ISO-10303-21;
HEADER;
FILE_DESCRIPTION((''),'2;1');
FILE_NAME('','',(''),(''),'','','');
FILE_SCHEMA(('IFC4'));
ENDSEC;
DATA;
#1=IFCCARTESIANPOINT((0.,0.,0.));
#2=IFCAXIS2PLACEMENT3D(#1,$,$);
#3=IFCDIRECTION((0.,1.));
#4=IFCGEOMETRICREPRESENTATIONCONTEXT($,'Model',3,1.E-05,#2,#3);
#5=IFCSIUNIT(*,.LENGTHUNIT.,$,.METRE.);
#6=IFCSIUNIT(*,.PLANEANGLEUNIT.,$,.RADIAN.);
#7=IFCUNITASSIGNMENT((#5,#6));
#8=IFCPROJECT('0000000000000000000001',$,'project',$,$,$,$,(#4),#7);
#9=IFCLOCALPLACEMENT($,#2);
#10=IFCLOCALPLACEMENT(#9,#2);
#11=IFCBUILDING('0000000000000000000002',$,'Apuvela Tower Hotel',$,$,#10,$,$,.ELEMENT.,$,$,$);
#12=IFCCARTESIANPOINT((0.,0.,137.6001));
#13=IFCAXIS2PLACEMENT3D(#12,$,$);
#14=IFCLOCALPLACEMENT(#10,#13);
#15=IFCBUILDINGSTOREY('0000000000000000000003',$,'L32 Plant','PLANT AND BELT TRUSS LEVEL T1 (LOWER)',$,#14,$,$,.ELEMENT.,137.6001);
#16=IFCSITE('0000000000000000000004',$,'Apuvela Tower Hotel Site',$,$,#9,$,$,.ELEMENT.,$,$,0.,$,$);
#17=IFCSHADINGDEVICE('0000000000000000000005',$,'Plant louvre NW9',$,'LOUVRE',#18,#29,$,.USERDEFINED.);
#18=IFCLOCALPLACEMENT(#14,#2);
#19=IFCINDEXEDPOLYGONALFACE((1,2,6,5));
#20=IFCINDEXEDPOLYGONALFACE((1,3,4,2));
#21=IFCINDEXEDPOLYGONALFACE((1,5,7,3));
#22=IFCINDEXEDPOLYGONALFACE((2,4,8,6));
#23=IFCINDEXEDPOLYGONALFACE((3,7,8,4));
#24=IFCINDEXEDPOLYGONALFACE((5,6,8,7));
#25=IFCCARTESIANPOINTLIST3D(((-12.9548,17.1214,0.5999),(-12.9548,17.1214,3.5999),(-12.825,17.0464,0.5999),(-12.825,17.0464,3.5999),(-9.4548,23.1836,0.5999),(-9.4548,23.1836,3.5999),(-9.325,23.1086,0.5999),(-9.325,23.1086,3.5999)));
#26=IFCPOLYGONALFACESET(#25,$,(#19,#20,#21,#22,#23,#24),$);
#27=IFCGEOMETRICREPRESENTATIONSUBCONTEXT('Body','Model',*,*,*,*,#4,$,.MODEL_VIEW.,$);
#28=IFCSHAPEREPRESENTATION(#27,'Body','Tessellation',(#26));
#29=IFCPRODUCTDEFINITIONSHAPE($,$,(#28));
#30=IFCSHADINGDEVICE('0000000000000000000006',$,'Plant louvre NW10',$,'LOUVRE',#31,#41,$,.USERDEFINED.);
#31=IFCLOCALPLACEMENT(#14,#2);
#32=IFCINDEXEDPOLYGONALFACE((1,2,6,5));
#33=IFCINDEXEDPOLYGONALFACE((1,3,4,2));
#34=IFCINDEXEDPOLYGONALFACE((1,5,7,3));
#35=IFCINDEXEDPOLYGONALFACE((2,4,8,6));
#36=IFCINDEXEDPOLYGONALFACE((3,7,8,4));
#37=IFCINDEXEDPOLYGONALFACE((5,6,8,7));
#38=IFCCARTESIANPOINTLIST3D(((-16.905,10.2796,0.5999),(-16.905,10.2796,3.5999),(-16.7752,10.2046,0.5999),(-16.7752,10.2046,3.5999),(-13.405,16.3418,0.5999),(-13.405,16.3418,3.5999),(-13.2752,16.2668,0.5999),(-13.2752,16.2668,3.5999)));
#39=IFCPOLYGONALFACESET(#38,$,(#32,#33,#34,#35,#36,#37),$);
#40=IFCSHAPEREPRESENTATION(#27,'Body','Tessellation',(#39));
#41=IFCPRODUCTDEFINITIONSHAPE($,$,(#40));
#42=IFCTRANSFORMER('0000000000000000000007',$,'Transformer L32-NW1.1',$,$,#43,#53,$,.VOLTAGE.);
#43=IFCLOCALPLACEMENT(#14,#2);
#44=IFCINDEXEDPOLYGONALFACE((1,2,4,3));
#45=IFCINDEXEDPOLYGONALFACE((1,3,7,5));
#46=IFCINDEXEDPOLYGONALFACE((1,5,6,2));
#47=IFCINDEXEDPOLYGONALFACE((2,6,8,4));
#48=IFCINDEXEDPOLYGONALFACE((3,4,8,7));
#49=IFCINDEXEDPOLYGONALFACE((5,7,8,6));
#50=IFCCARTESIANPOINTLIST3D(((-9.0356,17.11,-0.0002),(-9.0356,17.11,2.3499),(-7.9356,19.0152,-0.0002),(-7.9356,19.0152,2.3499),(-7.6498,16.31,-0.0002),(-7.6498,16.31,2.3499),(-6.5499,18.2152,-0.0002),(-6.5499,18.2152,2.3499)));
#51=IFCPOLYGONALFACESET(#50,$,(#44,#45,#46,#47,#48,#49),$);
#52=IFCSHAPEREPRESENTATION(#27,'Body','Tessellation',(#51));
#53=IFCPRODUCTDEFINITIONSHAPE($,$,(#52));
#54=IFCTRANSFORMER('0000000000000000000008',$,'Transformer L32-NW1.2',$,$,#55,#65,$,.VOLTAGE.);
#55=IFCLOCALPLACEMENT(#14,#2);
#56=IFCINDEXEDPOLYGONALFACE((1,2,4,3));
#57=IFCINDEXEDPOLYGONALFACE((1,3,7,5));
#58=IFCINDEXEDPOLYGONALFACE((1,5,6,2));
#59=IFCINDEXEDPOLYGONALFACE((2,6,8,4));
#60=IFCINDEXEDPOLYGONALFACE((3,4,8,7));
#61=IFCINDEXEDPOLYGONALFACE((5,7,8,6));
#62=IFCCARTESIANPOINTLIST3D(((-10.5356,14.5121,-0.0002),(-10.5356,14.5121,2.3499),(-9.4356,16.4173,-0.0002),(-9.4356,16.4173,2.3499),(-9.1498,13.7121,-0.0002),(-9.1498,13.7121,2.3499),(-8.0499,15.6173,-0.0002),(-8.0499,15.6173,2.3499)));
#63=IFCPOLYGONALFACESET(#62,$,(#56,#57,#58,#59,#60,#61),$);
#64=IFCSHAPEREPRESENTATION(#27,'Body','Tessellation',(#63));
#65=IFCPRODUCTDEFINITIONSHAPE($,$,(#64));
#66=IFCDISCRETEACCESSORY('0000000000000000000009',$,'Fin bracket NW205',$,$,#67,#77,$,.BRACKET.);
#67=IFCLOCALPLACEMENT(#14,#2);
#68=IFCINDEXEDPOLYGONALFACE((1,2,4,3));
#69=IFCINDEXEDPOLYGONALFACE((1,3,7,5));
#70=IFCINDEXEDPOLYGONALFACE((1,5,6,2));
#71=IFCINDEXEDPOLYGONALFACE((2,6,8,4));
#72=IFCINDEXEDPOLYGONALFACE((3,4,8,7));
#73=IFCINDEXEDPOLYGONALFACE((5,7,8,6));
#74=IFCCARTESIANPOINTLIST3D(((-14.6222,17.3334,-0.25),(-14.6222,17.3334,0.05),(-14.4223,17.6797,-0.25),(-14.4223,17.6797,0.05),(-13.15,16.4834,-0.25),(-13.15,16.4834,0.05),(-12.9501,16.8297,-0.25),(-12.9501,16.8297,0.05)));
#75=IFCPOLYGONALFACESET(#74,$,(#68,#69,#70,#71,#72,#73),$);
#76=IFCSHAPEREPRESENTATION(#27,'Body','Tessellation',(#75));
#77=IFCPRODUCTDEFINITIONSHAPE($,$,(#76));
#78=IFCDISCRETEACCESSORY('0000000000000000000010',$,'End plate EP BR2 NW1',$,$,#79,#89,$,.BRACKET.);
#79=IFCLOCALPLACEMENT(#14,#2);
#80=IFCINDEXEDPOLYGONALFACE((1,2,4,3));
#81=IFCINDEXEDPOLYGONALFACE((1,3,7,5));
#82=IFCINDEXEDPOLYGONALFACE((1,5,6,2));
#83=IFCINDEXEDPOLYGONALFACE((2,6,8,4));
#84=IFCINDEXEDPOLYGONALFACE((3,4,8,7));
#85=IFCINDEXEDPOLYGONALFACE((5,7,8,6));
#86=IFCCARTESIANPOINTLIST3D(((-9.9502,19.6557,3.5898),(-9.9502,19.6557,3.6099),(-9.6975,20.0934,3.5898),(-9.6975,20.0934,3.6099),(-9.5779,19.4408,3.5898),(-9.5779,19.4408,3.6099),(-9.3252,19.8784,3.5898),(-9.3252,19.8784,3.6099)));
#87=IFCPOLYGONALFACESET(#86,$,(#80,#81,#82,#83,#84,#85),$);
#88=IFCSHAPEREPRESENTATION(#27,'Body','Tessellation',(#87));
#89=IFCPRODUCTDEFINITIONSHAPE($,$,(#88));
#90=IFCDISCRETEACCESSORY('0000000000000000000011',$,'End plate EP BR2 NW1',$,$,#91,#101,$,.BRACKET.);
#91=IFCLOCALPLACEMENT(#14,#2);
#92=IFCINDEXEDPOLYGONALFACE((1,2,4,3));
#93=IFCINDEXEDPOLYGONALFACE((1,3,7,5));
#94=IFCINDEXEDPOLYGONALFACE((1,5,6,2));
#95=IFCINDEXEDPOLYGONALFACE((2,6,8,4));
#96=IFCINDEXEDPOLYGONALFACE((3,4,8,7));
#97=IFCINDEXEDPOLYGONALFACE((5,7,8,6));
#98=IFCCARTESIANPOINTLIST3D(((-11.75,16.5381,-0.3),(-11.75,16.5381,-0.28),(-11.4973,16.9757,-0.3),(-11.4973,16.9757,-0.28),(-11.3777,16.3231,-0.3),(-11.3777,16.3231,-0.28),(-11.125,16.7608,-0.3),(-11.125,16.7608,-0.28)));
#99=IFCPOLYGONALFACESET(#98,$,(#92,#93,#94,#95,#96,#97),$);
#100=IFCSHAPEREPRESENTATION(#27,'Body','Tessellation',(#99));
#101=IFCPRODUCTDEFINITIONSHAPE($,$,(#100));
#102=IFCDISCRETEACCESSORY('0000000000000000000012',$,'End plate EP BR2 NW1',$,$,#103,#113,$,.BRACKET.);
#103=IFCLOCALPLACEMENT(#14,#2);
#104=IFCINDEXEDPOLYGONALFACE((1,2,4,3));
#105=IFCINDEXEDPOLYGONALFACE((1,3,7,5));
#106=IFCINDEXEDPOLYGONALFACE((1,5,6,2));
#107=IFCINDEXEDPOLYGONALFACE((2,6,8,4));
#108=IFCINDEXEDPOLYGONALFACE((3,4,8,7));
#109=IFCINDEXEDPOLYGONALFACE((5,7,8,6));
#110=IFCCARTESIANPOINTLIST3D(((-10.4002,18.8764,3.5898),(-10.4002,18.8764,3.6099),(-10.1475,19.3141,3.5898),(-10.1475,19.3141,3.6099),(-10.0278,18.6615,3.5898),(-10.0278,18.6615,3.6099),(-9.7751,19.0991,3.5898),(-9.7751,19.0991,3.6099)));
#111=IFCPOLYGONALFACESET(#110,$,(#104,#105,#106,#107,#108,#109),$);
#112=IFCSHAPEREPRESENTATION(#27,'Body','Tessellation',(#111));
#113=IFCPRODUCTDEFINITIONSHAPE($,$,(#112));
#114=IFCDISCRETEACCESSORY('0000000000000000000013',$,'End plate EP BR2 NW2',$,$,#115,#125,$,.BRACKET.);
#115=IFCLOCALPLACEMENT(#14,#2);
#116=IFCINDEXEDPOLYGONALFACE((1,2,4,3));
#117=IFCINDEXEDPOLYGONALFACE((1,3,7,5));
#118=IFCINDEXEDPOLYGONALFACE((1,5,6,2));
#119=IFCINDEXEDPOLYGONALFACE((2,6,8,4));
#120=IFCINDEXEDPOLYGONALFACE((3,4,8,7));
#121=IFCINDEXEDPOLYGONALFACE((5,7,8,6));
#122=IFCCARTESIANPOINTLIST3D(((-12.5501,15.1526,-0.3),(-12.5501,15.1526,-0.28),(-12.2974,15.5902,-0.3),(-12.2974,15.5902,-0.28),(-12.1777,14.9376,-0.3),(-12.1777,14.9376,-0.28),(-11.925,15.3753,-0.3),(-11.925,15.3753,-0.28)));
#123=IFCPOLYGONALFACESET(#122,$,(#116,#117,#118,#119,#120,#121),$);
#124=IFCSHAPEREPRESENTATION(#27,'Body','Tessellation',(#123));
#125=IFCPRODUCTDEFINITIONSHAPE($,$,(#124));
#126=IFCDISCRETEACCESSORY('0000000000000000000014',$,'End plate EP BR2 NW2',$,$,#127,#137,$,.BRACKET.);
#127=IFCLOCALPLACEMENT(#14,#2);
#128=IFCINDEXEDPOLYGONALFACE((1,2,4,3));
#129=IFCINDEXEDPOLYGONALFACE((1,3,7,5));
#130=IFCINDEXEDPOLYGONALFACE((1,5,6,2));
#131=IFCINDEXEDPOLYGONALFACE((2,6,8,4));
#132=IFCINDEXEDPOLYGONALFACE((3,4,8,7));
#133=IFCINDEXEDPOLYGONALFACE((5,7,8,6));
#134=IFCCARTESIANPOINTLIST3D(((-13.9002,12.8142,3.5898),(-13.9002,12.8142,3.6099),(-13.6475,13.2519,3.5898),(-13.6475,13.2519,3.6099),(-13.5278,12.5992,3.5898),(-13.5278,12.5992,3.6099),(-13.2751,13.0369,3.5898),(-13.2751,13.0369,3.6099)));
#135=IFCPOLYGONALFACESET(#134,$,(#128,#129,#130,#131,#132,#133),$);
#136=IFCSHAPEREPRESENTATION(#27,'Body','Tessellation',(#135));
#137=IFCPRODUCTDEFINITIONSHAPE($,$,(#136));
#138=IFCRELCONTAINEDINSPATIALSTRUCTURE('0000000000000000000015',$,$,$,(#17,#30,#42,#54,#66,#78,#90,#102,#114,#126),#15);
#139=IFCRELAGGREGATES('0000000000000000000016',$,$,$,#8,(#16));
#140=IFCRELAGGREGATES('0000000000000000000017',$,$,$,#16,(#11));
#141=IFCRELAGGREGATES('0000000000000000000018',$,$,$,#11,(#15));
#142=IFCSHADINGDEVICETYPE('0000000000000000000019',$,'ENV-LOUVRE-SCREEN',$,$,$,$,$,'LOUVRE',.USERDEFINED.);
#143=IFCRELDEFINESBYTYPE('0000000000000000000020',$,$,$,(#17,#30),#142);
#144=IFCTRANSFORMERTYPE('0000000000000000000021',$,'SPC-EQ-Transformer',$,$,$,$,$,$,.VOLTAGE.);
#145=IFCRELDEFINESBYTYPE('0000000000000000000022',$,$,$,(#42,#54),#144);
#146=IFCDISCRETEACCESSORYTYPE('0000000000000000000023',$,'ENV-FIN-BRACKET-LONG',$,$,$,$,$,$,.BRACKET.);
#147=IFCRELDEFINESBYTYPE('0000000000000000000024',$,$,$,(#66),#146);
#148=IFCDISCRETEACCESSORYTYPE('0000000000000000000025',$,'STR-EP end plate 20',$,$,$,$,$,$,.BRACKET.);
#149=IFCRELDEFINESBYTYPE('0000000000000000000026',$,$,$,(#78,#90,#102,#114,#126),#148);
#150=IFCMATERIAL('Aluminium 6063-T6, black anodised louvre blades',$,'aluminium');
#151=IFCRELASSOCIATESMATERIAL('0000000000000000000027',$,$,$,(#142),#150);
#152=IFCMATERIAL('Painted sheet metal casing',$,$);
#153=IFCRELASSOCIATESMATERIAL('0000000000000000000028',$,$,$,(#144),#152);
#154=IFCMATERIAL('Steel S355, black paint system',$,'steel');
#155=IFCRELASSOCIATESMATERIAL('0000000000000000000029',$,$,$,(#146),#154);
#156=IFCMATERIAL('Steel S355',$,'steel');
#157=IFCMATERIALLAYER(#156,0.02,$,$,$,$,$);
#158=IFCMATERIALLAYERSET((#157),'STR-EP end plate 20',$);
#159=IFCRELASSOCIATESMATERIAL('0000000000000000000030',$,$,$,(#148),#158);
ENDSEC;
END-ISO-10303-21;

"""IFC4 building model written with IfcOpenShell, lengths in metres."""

from ifc_helpers import new_model, si_unit, direction, frame, origin, origin_2d, place, context, subcontext, project, spatial, rectangle, extrude, material, layer, layer_set, type_object, element, save


model = new_model("IFC4")

# Units and contexts
model_context = context("Model", 3, precision=1e-05, world=origin(), true_north=direction((0.0, 1.0)))
body_context = subcontext(model_context, "Body", "Model", "MODEL_VIEW")
ifc_project = project(units=[si_unit("LENGTHUNIT", "METRE"), si_unit("PLANEANGLEUNIT", "RADIAN")], contexts=[model_context])

# Site, building, storey
site_placement = place(None, origin())
site = spatial("IfcSite", under=ifc_project, at=site_placement, Name="Apuvela Tower Hotel Site", CompositionType="ELEMENT", RefElevation=0.0)
building_placement = place(site_placement, origin())
building = spatial("IfcBuilding", under=site, at=building_placement, Name="Apuvela Tower Hotel", CompositionType="ELEMENT")
storey_placement = place(building_placement, frame((0.0, 0.0, 137.6001)))
storey = spatial("IfcBuildingStorey", under=building, at=storey_placement, Name="L32 Plant", Description="PLANT AND BELT TRUSS LEVEL T1 (LOWER)", CompositionType="ELEMENT", Elevation=137.6001)

# Shared definitions
ifc_material_1 = material(Name="Steel S355", Category="steel")

# Shading devices
ifc_material_2 = material(Name="Aluminium 6063-T6, black anodised louvre blades", Category="aluminium")
shading_device_type = type_object("IfcShadingDeviceType", Name="ENV-LOUVRE-SCREEN", ElementType="LOUVRE", PredefinedType="USERDEFINED", material=ifc_material_2)
for number, where, z_axis, x_axis, name in (
    (1, (-11.1399, 20.115, 0.5999), (0.0, 0.0, 1.0), (-0.5, -0.866025, 0.0), "Plant louvre NW9"),
    (2, (-15.0901, 13.2732, 0.5999), (0.0, 0.0, 1.0), (-0.5, -0.866025, 0.0), "Plant louvre NW10"),
):
    element("IfcShadingDevice", number, at=place(storey_placement, frame(where, z_axis=z_axis, x_axis=x_axis)), inside=storey, type_object=shading_device_type, Name=name, ObjectType="LOUVRE", PredefinedType="USERDEFINED", context=body_context, shape_type="SweptSolid", body=[
        extrude(rectangle(XDim=7.0, YDim=0.1499, at=origin_2d()), origin(), (0.0, 0.0, 1.0), 3.0),
    ])

# Transformers
ifc_material_3 = material(Name="Painted sheet metal casing")
transformer_type = type_object("IfcTransformerType", Name="SPC-EQ-Transformer", PredefinedType="VOLTAGE", material=ifc_material_3)
for number, where, z_axis, x_axis, name in (
    (3, (-7.7927, 17.6626, -0.0002), (0.0, 0.0, 1.0), (-0.5, -0.866025, 0.0), "Transformer L32-NW1.1"),
    (4, (-9.2927, 15.0647, -0.0002), (0.0, 0.0, 1.0), (-0.5, -0.866025, 0.0), "Transformer L32-NW1.2"),
):
    element("IfcTransformer", number, at=place(storey_placement, frame(where, z_axis=z_axis, x_axis=x_axis)), inside=storey, type_object=transformer_type, Name=name, PredefinedType="VOLTAGE", context=body_context, shape_type="SweptSolid", body=[
        extrude(rectangle(XDim=2.2, YDim=1.6001, at=origin_2d()), origin(), (0.0, 0.0, 1.0), 2.3501),
    ])

# Discrete accessories
ifc_material_4 = material(Name="Steel S355, black paint system", Category="steel")
discrete_accessory_type_1 = type_object("IfcDiscreteAccessoryType", Name="ENV-FIN-BRACKET-LONG", PredefinedType="BRACKET", material=ifc_material_4)
discrete_accessory_placement = place(storey_placement, frame((-13.7861, 17.0815, -0.25), z_axis=(0.0, 0.0, 1.0), x_axis=(-0.5, -0.866025, 0.0)))
element("IfcDiscreteAccessory", 5, at=discrete_accessory_placement, inside=storey, type_object=discrete_accessory_type_1, Name="Fin bracket NW205", PredefinedType="BRACKET", context=body_context, shape_type="SweptSolid", body=[
    extrude(rectangle(XDim=0.3999, YDim=1.7, at=origin_2d()), origin(), (0.0, 0.0, 1.0), 0.3),
])
ifc_layer_1 = layer(ifc_material_1, 0.02)
ifc_layer_set_1 = layer_set([ifc_layer_1], Name="STR-EP end plate 20")
discrete_accessory_type_2 = type_object("IfcDiscreteAccessoryType", Name="STR-EP end plate 20", PredefinedType="BRACKET", material=ifc_layer_set_1)
for number, where, z_axis, x_axis, name in (
    (6, (-9.6377, 19.7671, 3.5898), (0.0, 0.0, 1.0), (-0.5, -0.866025, 0.0), "End plate EP BR2 NW1"),
    (7, (-11.4375, 16.6494, -0.3), (0.0, 0.0, 1.0), (0.5, 0.866025, 0.0), "End plate EP BR2 NW1"),
    (8, (-10.0876, 18.9878, 3.5898), (0.0, 0.0, 1.0), (0.5, 0.866025, 0.0), "End plate EP BR2 NW1"),
    (9, (-12.2375, 15.2639, -0.3), (0.0, 0.0, 1.0), (-0.5, -0.866025, 0.0), "End plate EP BR2 NW2"),
    (10, (-13.5876, 12.9255, 3.5898), (0.0, 0.0, 1.0), (-0.5, -0.866025, 0.0), "End plate EP BR2 NW2"),
):
    element("IfcDiscreteAccessory", number, at=place(storey_placement, frame(where, z_axis=z_axis, x_axis=x_axis)), inside=storey, type_object=discrete_accessory_type_2, Name=name, PredefinedType="BRACKET", context=body_context, shape_type="SweptSolid", body=[
        extrude(rectangle(XDim=0.5054, YDim=0.4299, at=origin_2d()), origin(), (0.0, 0.0, 1.0), 0.02),
    ])

save(model, "model.ifc")
